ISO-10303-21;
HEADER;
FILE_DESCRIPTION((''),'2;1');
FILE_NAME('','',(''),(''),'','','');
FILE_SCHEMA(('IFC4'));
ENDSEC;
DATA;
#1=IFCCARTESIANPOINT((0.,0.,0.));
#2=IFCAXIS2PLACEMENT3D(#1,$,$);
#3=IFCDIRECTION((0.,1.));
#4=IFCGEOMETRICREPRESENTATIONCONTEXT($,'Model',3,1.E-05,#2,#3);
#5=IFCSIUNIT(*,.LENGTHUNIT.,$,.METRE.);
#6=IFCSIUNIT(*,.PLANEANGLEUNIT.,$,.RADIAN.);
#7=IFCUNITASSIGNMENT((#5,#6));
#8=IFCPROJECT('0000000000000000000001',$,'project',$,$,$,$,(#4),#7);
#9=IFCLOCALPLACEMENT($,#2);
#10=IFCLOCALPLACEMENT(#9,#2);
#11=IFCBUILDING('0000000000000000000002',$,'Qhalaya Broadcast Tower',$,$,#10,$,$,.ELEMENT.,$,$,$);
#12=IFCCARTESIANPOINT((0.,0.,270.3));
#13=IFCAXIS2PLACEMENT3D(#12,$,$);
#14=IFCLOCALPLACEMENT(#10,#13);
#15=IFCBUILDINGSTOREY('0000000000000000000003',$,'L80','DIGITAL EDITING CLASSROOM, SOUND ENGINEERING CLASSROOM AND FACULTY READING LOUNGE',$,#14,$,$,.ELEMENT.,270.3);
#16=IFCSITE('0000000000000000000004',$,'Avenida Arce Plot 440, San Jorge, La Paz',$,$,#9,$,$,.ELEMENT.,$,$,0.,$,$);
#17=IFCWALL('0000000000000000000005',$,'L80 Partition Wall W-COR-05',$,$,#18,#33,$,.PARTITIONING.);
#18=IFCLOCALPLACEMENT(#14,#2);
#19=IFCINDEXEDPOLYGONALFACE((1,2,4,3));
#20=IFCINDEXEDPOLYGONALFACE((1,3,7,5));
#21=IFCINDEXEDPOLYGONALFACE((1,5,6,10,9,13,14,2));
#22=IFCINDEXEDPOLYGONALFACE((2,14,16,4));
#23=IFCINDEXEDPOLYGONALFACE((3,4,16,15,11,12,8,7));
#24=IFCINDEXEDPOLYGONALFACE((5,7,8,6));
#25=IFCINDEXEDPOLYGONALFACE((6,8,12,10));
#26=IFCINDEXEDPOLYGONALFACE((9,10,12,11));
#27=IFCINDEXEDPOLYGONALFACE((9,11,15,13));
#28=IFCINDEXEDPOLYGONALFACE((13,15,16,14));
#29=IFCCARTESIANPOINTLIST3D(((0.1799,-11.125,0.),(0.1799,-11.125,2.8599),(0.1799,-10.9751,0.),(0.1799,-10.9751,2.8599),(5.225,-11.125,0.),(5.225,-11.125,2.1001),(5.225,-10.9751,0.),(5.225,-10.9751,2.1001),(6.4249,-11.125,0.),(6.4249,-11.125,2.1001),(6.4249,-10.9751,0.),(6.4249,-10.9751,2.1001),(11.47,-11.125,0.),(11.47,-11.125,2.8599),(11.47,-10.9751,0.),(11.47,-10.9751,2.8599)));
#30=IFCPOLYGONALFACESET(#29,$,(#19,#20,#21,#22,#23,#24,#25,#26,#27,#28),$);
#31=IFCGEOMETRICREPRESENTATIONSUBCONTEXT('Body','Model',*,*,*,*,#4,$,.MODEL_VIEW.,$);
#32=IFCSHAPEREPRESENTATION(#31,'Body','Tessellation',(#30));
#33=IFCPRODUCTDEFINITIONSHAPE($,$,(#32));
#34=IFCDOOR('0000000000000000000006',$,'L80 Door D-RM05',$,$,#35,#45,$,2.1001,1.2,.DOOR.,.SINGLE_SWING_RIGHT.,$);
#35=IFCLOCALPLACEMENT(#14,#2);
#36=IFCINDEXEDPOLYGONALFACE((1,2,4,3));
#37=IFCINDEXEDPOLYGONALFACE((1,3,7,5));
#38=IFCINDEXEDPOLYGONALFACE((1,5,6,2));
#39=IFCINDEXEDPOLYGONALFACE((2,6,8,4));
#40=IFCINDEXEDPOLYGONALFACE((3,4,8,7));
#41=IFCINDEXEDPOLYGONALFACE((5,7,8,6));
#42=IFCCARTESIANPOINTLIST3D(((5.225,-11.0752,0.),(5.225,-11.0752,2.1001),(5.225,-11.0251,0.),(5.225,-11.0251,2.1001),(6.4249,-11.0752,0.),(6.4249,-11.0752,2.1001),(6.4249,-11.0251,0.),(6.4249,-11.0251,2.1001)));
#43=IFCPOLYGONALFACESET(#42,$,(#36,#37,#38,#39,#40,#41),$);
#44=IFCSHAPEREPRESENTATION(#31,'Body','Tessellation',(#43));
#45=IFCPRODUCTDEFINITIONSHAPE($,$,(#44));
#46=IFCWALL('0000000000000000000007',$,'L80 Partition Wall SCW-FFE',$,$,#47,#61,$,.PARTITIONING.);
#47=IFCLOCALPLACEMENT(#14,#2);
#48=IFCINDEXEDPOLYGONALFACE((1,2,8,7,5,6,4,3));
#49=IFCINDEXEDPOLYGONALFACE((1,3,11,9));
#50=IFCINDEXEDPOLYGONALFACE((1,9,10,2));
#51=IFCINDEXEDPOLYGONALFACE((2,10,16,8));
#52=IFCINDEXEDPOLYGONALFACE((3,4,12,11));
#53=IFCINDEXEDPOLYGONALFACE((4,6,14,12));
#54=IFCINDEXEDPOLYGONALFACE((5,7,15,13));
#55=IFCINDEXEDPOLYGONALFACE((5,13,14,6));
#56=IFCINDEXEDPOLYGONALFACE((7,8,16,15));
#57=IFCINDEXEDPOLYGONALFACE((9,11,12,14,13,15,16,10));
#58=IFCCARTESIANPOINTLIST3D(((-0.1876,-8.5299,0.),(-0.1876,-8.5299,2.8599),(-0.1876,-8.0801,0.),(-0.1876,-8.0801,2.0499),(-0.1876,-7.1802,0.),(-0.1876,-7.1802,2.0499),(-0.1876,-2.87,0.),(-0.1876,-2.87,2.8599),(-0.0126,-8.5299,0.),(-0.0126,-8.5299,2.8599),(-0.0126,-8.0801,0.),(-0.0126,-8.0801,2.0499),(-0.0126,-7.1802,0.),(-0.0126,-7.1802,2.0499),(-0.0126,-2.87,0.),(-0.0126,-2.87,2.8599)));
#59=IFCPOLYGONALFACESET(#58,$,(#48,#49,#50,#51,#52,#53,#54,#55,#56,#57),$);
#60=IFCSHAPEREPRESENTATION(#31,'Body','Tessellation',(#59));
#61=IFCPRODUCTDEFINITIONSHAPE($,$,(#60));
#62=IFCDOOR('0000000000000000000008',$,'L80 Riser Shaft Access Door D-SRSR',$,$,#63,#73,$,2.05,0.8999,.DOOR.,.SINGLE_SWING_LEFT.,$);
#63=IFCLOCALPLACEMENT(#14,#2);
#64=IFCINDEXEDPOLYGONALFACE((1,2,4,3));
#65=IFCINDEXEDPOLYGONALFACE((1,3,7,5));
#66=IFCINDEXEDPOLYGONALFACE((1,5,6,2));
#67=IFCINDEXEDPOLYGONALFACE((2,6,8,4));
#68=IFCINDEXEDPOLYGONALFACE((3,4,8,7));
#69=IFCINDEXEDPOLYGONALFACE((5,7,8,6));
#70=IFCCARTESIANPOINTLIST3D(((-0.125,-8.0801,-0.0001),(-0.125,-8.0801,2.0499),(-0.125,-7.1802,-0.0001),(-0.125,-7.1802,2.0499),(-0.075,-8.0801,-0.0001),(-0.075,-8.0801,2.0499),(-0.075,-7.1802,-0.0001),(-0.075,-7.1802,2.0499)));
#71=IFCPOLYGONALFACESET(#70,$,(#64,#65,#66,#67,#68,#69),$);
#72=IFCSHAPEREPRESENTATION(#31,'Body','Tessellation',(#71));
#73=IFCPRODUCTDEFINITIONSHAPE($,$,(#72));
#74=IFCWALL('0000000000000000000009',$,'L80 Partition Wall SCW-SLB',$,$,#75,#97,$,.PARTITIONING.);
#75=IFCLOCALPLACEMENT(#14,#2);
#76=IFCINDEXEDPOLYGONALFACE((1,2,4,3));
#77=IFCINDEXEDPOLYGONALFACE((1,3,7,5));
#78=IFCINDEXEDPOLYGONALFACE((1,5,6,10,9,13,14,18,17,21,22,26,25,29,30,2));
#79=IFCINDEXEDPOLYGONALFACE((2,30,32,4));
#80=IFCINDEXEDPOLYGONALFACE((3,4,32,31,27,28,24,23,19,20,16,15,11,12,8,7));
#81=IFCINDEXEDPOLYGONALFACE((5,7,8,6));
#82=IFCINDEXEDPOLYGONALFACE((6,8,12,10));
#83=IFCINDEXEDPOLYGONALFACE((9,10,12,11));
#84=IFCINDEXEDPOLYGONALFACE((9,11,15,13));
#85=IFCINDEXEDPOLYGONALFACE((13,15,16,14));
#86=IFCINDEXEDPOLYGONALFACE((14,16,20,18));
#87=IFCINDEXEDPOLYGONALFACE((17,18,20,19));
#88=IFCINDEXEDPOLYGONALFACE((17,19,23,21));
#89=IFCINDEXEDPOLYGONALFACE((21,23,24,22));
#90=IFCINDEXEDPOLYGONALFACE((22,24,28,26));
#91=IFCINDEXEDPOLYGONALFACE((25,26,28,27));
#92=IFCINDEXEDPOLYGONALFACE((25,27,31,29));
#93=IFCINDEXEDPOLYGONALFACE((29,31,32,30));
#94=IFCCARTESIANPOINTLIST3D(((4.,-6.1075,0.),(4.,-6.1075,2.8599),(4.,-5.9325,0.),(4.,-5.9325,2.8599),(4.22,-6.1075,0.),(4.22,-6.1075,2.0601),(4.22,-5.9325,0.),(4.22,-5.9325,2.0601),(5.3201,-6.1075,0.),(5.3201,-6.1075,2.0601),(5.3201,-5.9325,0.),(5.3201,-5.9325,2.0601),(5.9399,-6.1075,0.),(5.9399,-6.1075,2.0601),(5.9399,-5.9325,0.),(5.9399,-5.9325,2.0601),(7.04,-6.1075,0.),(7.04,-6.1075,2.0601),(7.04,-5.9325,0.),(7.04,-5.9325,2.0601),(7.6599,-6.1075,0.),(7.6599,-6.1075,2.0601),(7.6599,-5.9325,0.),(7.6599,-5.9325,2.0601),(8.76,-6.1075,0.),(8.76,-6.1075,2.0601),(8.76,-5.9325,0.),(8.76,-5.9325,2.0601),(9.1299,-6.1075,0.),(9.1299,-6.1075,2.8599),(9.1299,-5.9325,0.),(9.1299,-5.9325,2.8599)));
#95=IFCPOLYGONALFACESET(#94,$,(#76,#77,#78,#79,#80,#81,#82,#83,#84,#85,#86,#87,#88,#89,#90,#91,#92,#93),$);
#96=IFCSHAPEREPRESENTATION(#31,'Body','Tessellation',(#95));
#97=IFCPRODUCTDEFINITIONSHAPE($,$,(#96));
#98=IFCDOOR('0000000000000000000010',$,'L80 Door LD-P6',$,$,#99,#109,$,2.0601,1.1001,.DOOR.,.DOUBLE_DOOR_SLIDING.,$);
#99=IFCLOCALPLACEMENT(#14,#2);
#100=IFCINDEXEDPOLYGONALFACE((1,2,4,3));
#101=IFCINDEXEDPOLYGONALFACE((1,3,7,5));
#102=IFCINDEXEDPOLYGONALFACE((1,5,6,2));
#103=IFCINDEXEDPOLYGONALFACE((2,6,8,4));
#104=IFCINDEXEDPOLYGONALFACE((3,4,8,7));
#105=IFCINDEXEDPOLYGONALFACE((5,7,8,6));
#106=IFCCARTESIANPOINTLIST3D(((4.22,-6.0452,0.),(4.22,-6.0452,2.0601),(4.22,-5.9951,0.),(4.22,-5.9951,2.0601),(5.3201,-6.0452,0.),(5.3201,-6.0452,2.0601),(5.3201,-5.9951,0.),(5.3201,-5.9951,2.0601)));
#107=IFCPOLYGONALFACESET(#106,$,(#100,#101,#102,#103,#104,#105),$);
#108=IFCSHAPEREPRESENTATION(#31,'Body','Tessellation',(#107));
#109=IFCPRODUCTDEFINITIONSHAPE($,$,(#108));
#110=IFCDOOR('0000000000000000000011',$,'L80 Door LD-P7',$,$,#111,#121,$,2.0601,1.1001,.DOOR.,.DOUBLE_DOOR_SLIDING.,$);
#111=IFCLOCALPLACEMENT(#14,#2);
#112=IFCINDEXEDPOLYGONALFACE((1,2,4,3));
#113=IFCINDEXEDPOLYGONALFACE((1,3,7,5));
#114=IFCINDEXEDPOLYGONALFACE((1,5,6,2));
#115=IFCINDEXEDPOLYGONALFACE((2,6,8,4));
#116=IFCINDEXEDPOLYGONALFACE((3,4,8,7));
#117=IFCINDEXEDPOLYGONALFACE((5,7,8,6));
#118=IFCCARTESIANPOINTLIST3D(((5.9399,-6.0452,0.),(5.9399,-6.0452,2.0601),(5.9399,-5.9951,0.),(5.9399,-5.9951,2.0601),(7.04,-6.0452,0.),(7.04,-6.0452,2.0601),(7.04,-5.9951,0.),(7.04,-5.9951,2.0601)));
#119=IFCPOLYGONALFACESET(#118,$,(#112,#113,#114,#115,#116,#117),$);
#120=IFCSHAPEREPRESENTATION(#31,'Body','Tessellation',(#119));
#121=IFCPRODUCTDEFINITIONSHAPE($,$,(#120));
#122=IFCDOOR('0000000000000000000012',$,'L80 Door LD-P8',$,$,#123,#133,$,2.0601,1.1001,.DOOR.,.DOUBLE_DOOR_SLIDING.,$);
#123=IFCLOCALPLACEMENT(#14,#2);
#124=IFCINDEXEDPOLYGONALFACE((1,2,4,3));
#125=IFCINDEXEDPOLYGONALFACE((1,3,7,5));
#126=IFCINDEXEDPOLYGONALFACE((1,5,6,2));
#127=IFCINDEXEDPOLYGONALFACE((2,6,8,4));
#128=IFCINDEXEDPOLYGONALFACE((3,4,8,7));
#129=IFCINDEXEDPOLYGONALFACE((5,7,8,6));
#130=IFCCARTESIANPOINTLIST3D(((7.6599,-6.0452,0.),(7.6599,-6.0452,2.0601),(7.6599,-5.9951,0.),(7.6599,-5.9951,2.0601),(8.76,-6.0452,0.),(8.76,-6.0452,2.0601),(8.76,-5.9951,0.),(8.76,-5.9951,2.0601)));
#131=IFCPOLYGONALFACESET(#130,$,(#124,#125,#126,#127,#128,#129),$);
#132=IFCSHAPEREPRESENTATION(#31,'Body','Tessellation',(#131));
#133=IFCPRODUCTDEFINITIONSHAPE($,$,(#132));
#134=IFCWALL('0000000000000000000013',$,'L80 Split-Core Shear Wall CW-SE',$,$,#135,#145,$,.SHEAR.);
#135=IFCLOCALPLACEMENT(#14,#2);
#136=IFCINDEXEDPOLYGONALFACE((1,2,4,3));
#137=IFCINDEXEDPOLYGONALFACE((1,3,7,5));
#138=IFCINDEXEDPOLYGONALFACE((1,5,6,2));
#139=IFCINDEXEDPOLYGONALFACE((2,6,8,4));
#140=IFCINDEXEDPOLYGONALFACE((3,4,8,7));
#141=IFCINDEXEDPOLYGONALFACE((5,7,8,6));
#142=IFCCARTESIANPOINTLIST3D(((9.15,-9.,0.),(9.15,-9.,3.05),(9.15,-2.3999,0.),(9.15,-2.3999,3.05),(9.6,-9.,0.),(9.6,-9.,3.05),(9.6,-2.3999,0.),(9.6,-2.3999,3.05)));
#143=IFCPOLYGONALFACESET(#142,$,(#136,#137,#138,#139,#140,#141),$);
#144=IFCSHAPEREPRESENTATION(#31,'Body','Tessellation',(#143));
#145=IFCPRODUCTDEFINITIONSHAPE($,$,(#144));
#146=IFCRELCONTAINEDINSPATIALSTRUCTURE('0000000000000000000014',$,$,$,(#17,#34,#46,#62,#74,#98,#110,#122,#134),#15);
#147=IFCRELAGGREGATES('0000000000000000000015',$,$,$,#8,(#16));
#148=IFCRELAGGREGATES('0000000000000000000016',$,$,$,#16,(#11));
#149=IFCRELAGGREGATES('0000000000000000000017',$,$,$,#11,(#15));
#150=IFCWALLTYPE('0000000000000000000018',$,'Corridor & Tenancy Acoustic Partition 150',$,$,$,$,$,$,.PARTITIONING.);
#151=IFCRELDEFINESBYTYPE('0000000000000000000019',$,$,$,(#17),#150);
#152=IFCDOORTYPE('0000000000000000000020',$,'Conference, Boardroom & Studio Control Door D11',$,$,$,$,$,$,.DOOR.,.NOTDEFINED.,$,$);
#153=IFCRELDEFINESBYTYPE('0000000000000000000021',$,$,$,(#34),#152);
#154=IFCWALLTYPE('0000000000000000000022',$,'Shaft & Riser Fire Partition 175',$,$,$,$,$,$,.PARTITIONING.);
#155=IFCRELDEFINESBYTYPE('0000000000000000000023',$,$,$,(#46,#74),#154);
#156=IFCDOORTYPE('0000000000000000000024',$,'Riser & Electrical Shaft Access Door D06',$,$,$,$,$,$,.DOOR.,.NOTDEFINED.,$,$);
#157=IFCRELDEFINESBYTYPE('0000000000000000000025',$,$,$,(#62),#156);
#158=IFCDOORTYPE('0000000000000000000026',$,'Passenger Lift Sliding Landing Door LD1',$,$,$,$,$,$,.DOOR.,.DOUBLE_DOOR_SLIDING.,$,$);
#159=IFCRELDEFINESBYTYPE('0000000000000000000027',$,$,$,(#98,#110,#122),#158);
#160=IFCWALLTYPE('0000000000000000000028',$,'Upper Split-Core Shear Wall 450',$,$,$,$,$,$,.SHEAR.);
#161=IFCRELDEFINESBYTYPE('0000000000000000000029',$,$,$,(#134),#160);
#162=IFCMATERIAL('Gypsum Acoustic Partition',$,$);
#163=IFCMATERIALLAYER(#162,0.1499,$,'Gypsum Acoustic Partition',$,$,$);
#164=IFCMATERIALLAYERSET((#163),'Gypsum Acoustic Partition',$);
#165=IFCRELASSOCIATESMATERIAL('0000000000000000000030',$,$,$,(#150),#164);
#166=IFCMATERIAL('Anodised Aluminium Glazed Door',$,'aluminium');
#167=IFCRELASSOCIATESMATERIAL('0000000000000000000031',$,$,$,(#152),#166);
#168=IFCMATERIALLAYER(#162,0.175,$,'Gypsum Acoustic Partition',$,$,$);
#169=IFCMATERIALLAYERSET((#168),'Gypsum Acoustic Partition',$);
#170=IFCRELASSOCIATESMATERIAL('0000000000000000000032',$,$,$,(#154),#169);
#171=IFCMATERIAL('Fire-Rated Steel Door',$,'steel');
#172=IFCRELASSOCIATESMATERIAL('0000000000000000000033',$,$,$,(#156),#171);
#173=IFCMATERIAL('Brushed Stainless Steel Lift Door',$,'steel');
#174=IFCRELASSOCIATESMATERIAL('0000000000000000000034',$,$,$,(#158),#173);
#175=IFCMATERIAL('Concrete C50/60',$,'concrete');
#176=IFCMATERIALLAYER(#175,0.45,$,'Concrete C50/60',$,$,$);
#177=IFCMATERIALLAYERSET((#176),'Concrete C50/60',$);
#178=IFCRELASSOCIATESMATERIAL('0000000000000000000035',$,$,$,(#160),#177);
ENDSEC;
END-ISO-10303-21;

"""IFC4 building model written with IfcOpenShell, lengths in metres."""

from ifc_helpers import new_model, si_unit, direction, frame, frame_2d, origin, place, context, subcontext, project, spatial, rectangle, extrude, material, layer, layer_set, type_object, element, fill, save


model = new_model("IFC4")

# Units and contexts
model_context = context("Model", 3, precision=1e-05, world=origin(), true_north=direction((0.0, 1.0)))
body_context = subcontext(model_context, "Body", "Model", "MODEL_VIEW")
ifc_project = project(units=[si_unit("LENGTHUNIT", "METRE"), si_unit("PLANEANGLEUNIT", "RADIAN")], contexts=[model_context])

# Site, building, storey
site_placement = place(None, origin())
site = spatial("IfcSite", under=ifc_project, at=site_placement, Name="Avenida Arce Plot 440, San Jorge, La Paz", CompositionType="ELEMENT", RefElevation=0.0)
building_placement = place(site_placement, origin())
building = spatial("IfcBuilding", under=site, at=building_placement, Name="Qhalaya Broadcast Tower", CompositionType="ELEMENT")
storey_placement = place(building_placement, frame((0.0, 0.0, 270.3)))
storey = spatial("IfcBuildingStorey", under=building, at=storey_placement, Name="L80", Description="DIGITAL EDITING CLASSROOM, SOUND ENGINEERING CLASSROOM AND FACULTY READING LOUNGE", CompositionType="ELEMENT", Elevation=270.3)

# Shared definitions
ifc_material_1 = material(Name="Concrete C50/60", Category="concrete")

# Shared definitions
ifc_material_2 = material(Name="Gypsum Acoustic Partition")
ifc_layer_1 = layer(ifc_material_2, 0.1499, Name="Gypsum Acoustic Partition")
ifc_layer_set_1 = layer_set([ifc_layer_1], Name="Gypsum Acoustic Partition")
wall_type_1 = type_object("IfcWallType", Name="Corridor & Tenancy Acoustic Partition 150", PredefinedType="PARTITIONING", material=ifc_layer_set_1)

# Wall, opening, door
wall_1_placement = place(storey_placement, frame((0.1799, -11.05, 0.0), z_axis=(0.0, 0.0, 1.0), x_axis=(1.0, 0.0, 0.0)))
wall_1 = element("IfcWall", 1, at=wall_1_placement, inside=storey, type_object=wall_type_1, Name="L80 Partition Wall W-COR-05", PredefinedType="PARTITIONING", context=body_context, shape_type="SweptSolid", body=[
    extrude(rectangle(XDim=11.29, YDim=0.1499, at=frame_2d((5.645, 0.0))), origin(), (0.0, 0.0, 1.0), 2.8599),
])
opening_1_placement = place(wall_1_placement, frame((5.0449, 0.0, 0.0)))
opening_1 = element("IfcOpeningElement", 2, at=opening_1_placement, cuts=wall_1, PredefinedType="OPENING", context=body_context, shape_type="SweptSolid", body=[
    extrude(rectangle(XDim=1.2, YDim=2.1001, at=frame_2d((0.6001, 1.05))), frame((0.0, 0.0869, 0.0), z_axis=(0.0, -1.0, 0.0), x_axis=(1.0, 0.0, 0.0)), (0.0, 0.0, 1.0), 0.1738),
])
ifc_material_3 = material(Name="Anodised Aluminium Glazed Door", Category="aluminium")
door_type_1 = type_object("IfcDoorType", Name="Conference, Boardroom & Studio Control Door D11", OperationType="NOTDEFINED", PredefinedType="DOOR", material=ifc_material_3)
door_1_placement = place(opening_1_placement, origin())
door_1 = element("IfcDoor", 3, at=door_1_placement, inside=storey, type_object=door_type_1, Name="L80 Door D-RM05", OperationType="SINGLE_SWING_RIGHT", OverallHeight=2.1001, OverallWidth=1.2, PredefinedType="DOOR", context=body_context, shape_type="SweptSolid", body=[
    extrude(rectangle(XDim=1.2, YDim=2.1001, at=frame_2d((0.6001, 1.05))), frame((0.0, 0.0249, 0.0), z_axis=(0.0, -1.0, 0.0), x_axis=(1.0, 0.0, 0.0)), (0.0, 0.0, 1.0), 0.05),
])
fill(opening_1, door_1)

# Wall, opening, door
ifc_layer_2 = layer(ifc_material_2, 0.175, Name="Gypsum Acoustic Partition")
ifc_layer_set_2 = layer_set([ifc_layer_2], Name="Gypsum Acoustic Partition")
wall_type_2 = type_object("IfcWallType", Name="Shaft & Riser Fire Partition 175", PredefinedType="PARTITIONING", material=ifc_layer_set_2)
wall_2_placement = place(storey_placement, frame((-0.1001, -8.53, 0.0), z_axis=(0.0, 0.0, 1.0), x_axis=(0.0, 1.0, 0.0)))
wall_2 = element("IfcWall", 4, at=wall_2_placement, inside=storey, type_object=wall_type_2, Name="L80 Partition Wall SCW-FFE", PredefinedType="PARTITIONING", context=body_context, shape_type="SweptSolid", body=[
    extrude(rectangle(XDim=5.6599, YDim=0.175, at=frame_2d((2.8301, 0.0))), origin(), (0.0, 0.0, 1.0), 2.8599),
])
opening_2_placement = place(wall_2_placement, frame((0.45, 0.0, 0.0)))
opening_2 = element("IfcOpeningElement", 5, at=opening_2_placement, cuts=wall_2, PredefinedType="OPENING", context=body_context, shape_type="SweptSolid", body=[
    extrude(rectangle(XDim=0.8999, YDim=2.05, at=frame_2d((0.45, 1.0249))), frame((0.0, 0.0996, 0.0), z_axis=(0.0, -1.0, 0.0), x_axis=(1.0, 0.0, 0.0)), (0.0, 0.0, 1.0), 0.199),
])
ifc_material_4 = material(Name="Fire-Rated Steel Door", Category="steel")
door_type_2 = type_object("IfcDoorType", Name="Riser & Electrical Shaft Access Door D06", OperationType="NOTDEFINED", PredefinedType="DOOR", material=ifc_material_4)
door_2_placement = place(opening_2_placement, origin())
door_2 = element("IfcDoor", 6, at=door_2_placement, inside=storey, type_object=door_type_2, Name="L80 Riser Shaft Access Door D-SRSR", OperationType="SINGLE_SWING_LEFT", OverallHeight=2.05, OverallWidth=0.8999, PredefinedType="DOOR", context=body_context, shape_type="SweptSolid", body=[
    extrude(rectangle(XDim=0.8999, YDim=2.05, at=frame_2d((0.45, 1.0249))), frame((0.0, 0.0249, 0.0), z_axis=(0.0, -1.0, 0.0), x_axis=(1.0, 0.0, 0.0)), (0.0, 0.0, 1.0), 0.05),
])
fill(opening_2, door_2)

# Wall, openings, doors
wall_3_placement = place(storey_placement, frame((4.0, -6.02, 0.0), z_axis=(0.0, 0.0, 1.0), x_axis=(1.0, 0.0, 0.0)))
wall_3 = element("IfcWall", 7, at=wall_3_placement, inside=storey, type_object=wall_type_2, Name="L80 Partition Wall SCW-SLB", PredefinedType="PARTITIONING", context=body_context, shape_type="SweptSolid", body=[
    extrude(rectangle(XDim=5.1299, YDim=0.175, at=frame_2d((2.5649, 0.0))), origin(), (0.0, 0.0, 1.0), 2.8599),
])
opening_3_placement = place(wall_3_placement, frame((0.22, 0.0, 0.0)))
opening_3 = element("IfcOpeningElement", 8, at=opening_3_placement, cuts=wall_3, PredefinedType="OPENING", context=body_context, shape_type="SweptSolid", body=[
    extrude(rectangle(XDim=1.1001, YDim=2.0601, at=frame_2d((0.55, 1.03))), frame((0.0, 0.0996, 0.0), z_axis=(0.0, -1.0, 0.0), x_axis=(1.0, 0.0, 0.0)), (0.0, 0.0, 1.0), 0.199),
])
opening_4_placement = place(wall_3_placement, frame((1.9399, 0.0, 0.0)))
opening_4 = element("IfcOpeningElement", 9, at=opening_4_placement, cuts=wall_3, PredefinedType="OPENING", context=body_context, shape_type="SweptSolid", body=[
    extrude(rectangle(XDim=1.1001, YDim=2.0601, at=frame_2d((0.55, 1.03))), frame((0.0, 0.0996, 0.0), z_axis=(0.0, -1.0, 0.0), x_axis=(1.0, 0.0, 0.0)), (0.0, 0.0, 1.0), 0.199),
])
opening_5_placement = place(wall_3_placement, frame((3.6599, 0.0, 0.0)))
opening_5 = element("IfcOpeningElement", 10, at=opening_5_placement, cuts=wall_3, PredefinedType="OPENING", context=body_context, shape_type="SweptSolid", body=[
    extrude(rectangle(XDim=1.1001, YDim=2.0601, at=frame_2d((0.55, 1.03))), frame((0.0, 0.0996, 0.0), z_axis=(0.0, -1.0, 0.0), x_axis=(1.0, 0.0, 0.0)), (0.0, 0.0, 1.0), 0.199),
])
ifc_material_5 = material(Name="Brushed Stainless Steel Lift Door", Category="steel")
door_type_3 = type_object("IfcDoorType", Name="Passenger Lift Sliding Landing Door LD1", OperationType="DOUBLE_DOOR_SLIDING", PredefinedType="DOOR", material=ifc_material_5)
door_3_placement = place(opening_3_placement, origin())
door_3 = element("IfcDoor", 11, at=door_3_placement, inside=storey, type_object=door_type_3, Name="L80 Door LD-P6", OperationType="DOUBLE_DOOR_SLIDING", OverallHeight=2.0601, OverallWidth=1.1001, PredefinedType="DOOR", context=body_context, shape_type="SweptSolid", body=[
    extrude(rectangle(XDim=1.1001, YDim=2.0601, at=frame_2d((0.55, 1.03))), frame((0.0, 0.0249, 0.0), z_axis=(0.0, -1.0, 0.0), x_axis=(1.0, 0.0, 0.0)), (0.0, 0.0, 1.0), 0.05),
])
fill(opening_3, door_3)
door_4_placement = place(opening_4_placement, origin())
door_4 = element("IfcDoor", 12, at=door_4_placement, inside=storey, type_object=door_type_3, Name="L80 Door LD-P7", OperationType="DOUBLE_DOOR_SLIDING", OverallHeight=2.0601, OverallWidth=1.1001, PredefinedType="DOOR", context=body_context, shape_type="SweptSolid", body=[
    extrude(rectangle(XDim=1.1001, YDim=2.0601, at=frame_2d((0.55, 1.03))), frame((0.0, 0.0249, 0.0), z_axis=(0.0, -1.0, 0.0), x_axis=(1.0, 0.0, 0.0)), (0.0, 0.0, 1.0), 0.05),
])
fill(opening_4, door_4)
door_5_placement = place(opening_5_placement, origin())
door_5 = element("IfcDoor", 13, at=door_5_placement, inside=storey, type_object=door_type_3, Name="L80 Door LD-P8", OperationType="DOUBLE_DOOR_SLIDING", OverallHeight=2.0601, OverallWidth=1.1001, PredefinedType="DOOR", context=body_context, shape_type="SweptSolid", body=[
    extrude(rectangle(XDim=1.1001, YDim=2.0601, at=frame_2d((0.55, 1.03))), frame((0.0, 0.0249, 0.0), z_axis=(0.0, -1.0, 0.0), x_axis=(1.0, 0.0, 0.0)), (0.0, 0.0, 1.0), 0.05),
])
fill(opening_5, door_5)

# Wall
ifc_layer_3 = layer(ifc_material_1, 0.45, Name="Concrete C50/60")
ifc_layer_set_3 = layer_set([ifc_layer_3], Name="Concrete C50/60")
wall_type_3 = type_object("IfcWallType", Name="Upper Split-Core Shear Wall 450", PredefinedType="SHEAR", material=ifc_layer_set_3)
wall_4_placement = place(storey_placement, frame((9.375, -9.0, 0.0), z_axis=(0.0, 0.0, 1.0), x_axis=(0.0, 1.0, 0.0)))
element("IfcWall", 14, at=wall_4_placement, inside=storey, type_object=wall_type_3, Name="L80 Split-Core Shear Wall CW-SE", PredefinedType="SHEAR", context=body_context, shape_type="SweptSolid", body=[
    extrude(rectangle(XDim=6.6001, YDim=0.45, at=frame_2d((3.3, 0.0))), origin(), (0.0, 0.0, 1.0), 3.05),
])

save(model, "model.ifc")
